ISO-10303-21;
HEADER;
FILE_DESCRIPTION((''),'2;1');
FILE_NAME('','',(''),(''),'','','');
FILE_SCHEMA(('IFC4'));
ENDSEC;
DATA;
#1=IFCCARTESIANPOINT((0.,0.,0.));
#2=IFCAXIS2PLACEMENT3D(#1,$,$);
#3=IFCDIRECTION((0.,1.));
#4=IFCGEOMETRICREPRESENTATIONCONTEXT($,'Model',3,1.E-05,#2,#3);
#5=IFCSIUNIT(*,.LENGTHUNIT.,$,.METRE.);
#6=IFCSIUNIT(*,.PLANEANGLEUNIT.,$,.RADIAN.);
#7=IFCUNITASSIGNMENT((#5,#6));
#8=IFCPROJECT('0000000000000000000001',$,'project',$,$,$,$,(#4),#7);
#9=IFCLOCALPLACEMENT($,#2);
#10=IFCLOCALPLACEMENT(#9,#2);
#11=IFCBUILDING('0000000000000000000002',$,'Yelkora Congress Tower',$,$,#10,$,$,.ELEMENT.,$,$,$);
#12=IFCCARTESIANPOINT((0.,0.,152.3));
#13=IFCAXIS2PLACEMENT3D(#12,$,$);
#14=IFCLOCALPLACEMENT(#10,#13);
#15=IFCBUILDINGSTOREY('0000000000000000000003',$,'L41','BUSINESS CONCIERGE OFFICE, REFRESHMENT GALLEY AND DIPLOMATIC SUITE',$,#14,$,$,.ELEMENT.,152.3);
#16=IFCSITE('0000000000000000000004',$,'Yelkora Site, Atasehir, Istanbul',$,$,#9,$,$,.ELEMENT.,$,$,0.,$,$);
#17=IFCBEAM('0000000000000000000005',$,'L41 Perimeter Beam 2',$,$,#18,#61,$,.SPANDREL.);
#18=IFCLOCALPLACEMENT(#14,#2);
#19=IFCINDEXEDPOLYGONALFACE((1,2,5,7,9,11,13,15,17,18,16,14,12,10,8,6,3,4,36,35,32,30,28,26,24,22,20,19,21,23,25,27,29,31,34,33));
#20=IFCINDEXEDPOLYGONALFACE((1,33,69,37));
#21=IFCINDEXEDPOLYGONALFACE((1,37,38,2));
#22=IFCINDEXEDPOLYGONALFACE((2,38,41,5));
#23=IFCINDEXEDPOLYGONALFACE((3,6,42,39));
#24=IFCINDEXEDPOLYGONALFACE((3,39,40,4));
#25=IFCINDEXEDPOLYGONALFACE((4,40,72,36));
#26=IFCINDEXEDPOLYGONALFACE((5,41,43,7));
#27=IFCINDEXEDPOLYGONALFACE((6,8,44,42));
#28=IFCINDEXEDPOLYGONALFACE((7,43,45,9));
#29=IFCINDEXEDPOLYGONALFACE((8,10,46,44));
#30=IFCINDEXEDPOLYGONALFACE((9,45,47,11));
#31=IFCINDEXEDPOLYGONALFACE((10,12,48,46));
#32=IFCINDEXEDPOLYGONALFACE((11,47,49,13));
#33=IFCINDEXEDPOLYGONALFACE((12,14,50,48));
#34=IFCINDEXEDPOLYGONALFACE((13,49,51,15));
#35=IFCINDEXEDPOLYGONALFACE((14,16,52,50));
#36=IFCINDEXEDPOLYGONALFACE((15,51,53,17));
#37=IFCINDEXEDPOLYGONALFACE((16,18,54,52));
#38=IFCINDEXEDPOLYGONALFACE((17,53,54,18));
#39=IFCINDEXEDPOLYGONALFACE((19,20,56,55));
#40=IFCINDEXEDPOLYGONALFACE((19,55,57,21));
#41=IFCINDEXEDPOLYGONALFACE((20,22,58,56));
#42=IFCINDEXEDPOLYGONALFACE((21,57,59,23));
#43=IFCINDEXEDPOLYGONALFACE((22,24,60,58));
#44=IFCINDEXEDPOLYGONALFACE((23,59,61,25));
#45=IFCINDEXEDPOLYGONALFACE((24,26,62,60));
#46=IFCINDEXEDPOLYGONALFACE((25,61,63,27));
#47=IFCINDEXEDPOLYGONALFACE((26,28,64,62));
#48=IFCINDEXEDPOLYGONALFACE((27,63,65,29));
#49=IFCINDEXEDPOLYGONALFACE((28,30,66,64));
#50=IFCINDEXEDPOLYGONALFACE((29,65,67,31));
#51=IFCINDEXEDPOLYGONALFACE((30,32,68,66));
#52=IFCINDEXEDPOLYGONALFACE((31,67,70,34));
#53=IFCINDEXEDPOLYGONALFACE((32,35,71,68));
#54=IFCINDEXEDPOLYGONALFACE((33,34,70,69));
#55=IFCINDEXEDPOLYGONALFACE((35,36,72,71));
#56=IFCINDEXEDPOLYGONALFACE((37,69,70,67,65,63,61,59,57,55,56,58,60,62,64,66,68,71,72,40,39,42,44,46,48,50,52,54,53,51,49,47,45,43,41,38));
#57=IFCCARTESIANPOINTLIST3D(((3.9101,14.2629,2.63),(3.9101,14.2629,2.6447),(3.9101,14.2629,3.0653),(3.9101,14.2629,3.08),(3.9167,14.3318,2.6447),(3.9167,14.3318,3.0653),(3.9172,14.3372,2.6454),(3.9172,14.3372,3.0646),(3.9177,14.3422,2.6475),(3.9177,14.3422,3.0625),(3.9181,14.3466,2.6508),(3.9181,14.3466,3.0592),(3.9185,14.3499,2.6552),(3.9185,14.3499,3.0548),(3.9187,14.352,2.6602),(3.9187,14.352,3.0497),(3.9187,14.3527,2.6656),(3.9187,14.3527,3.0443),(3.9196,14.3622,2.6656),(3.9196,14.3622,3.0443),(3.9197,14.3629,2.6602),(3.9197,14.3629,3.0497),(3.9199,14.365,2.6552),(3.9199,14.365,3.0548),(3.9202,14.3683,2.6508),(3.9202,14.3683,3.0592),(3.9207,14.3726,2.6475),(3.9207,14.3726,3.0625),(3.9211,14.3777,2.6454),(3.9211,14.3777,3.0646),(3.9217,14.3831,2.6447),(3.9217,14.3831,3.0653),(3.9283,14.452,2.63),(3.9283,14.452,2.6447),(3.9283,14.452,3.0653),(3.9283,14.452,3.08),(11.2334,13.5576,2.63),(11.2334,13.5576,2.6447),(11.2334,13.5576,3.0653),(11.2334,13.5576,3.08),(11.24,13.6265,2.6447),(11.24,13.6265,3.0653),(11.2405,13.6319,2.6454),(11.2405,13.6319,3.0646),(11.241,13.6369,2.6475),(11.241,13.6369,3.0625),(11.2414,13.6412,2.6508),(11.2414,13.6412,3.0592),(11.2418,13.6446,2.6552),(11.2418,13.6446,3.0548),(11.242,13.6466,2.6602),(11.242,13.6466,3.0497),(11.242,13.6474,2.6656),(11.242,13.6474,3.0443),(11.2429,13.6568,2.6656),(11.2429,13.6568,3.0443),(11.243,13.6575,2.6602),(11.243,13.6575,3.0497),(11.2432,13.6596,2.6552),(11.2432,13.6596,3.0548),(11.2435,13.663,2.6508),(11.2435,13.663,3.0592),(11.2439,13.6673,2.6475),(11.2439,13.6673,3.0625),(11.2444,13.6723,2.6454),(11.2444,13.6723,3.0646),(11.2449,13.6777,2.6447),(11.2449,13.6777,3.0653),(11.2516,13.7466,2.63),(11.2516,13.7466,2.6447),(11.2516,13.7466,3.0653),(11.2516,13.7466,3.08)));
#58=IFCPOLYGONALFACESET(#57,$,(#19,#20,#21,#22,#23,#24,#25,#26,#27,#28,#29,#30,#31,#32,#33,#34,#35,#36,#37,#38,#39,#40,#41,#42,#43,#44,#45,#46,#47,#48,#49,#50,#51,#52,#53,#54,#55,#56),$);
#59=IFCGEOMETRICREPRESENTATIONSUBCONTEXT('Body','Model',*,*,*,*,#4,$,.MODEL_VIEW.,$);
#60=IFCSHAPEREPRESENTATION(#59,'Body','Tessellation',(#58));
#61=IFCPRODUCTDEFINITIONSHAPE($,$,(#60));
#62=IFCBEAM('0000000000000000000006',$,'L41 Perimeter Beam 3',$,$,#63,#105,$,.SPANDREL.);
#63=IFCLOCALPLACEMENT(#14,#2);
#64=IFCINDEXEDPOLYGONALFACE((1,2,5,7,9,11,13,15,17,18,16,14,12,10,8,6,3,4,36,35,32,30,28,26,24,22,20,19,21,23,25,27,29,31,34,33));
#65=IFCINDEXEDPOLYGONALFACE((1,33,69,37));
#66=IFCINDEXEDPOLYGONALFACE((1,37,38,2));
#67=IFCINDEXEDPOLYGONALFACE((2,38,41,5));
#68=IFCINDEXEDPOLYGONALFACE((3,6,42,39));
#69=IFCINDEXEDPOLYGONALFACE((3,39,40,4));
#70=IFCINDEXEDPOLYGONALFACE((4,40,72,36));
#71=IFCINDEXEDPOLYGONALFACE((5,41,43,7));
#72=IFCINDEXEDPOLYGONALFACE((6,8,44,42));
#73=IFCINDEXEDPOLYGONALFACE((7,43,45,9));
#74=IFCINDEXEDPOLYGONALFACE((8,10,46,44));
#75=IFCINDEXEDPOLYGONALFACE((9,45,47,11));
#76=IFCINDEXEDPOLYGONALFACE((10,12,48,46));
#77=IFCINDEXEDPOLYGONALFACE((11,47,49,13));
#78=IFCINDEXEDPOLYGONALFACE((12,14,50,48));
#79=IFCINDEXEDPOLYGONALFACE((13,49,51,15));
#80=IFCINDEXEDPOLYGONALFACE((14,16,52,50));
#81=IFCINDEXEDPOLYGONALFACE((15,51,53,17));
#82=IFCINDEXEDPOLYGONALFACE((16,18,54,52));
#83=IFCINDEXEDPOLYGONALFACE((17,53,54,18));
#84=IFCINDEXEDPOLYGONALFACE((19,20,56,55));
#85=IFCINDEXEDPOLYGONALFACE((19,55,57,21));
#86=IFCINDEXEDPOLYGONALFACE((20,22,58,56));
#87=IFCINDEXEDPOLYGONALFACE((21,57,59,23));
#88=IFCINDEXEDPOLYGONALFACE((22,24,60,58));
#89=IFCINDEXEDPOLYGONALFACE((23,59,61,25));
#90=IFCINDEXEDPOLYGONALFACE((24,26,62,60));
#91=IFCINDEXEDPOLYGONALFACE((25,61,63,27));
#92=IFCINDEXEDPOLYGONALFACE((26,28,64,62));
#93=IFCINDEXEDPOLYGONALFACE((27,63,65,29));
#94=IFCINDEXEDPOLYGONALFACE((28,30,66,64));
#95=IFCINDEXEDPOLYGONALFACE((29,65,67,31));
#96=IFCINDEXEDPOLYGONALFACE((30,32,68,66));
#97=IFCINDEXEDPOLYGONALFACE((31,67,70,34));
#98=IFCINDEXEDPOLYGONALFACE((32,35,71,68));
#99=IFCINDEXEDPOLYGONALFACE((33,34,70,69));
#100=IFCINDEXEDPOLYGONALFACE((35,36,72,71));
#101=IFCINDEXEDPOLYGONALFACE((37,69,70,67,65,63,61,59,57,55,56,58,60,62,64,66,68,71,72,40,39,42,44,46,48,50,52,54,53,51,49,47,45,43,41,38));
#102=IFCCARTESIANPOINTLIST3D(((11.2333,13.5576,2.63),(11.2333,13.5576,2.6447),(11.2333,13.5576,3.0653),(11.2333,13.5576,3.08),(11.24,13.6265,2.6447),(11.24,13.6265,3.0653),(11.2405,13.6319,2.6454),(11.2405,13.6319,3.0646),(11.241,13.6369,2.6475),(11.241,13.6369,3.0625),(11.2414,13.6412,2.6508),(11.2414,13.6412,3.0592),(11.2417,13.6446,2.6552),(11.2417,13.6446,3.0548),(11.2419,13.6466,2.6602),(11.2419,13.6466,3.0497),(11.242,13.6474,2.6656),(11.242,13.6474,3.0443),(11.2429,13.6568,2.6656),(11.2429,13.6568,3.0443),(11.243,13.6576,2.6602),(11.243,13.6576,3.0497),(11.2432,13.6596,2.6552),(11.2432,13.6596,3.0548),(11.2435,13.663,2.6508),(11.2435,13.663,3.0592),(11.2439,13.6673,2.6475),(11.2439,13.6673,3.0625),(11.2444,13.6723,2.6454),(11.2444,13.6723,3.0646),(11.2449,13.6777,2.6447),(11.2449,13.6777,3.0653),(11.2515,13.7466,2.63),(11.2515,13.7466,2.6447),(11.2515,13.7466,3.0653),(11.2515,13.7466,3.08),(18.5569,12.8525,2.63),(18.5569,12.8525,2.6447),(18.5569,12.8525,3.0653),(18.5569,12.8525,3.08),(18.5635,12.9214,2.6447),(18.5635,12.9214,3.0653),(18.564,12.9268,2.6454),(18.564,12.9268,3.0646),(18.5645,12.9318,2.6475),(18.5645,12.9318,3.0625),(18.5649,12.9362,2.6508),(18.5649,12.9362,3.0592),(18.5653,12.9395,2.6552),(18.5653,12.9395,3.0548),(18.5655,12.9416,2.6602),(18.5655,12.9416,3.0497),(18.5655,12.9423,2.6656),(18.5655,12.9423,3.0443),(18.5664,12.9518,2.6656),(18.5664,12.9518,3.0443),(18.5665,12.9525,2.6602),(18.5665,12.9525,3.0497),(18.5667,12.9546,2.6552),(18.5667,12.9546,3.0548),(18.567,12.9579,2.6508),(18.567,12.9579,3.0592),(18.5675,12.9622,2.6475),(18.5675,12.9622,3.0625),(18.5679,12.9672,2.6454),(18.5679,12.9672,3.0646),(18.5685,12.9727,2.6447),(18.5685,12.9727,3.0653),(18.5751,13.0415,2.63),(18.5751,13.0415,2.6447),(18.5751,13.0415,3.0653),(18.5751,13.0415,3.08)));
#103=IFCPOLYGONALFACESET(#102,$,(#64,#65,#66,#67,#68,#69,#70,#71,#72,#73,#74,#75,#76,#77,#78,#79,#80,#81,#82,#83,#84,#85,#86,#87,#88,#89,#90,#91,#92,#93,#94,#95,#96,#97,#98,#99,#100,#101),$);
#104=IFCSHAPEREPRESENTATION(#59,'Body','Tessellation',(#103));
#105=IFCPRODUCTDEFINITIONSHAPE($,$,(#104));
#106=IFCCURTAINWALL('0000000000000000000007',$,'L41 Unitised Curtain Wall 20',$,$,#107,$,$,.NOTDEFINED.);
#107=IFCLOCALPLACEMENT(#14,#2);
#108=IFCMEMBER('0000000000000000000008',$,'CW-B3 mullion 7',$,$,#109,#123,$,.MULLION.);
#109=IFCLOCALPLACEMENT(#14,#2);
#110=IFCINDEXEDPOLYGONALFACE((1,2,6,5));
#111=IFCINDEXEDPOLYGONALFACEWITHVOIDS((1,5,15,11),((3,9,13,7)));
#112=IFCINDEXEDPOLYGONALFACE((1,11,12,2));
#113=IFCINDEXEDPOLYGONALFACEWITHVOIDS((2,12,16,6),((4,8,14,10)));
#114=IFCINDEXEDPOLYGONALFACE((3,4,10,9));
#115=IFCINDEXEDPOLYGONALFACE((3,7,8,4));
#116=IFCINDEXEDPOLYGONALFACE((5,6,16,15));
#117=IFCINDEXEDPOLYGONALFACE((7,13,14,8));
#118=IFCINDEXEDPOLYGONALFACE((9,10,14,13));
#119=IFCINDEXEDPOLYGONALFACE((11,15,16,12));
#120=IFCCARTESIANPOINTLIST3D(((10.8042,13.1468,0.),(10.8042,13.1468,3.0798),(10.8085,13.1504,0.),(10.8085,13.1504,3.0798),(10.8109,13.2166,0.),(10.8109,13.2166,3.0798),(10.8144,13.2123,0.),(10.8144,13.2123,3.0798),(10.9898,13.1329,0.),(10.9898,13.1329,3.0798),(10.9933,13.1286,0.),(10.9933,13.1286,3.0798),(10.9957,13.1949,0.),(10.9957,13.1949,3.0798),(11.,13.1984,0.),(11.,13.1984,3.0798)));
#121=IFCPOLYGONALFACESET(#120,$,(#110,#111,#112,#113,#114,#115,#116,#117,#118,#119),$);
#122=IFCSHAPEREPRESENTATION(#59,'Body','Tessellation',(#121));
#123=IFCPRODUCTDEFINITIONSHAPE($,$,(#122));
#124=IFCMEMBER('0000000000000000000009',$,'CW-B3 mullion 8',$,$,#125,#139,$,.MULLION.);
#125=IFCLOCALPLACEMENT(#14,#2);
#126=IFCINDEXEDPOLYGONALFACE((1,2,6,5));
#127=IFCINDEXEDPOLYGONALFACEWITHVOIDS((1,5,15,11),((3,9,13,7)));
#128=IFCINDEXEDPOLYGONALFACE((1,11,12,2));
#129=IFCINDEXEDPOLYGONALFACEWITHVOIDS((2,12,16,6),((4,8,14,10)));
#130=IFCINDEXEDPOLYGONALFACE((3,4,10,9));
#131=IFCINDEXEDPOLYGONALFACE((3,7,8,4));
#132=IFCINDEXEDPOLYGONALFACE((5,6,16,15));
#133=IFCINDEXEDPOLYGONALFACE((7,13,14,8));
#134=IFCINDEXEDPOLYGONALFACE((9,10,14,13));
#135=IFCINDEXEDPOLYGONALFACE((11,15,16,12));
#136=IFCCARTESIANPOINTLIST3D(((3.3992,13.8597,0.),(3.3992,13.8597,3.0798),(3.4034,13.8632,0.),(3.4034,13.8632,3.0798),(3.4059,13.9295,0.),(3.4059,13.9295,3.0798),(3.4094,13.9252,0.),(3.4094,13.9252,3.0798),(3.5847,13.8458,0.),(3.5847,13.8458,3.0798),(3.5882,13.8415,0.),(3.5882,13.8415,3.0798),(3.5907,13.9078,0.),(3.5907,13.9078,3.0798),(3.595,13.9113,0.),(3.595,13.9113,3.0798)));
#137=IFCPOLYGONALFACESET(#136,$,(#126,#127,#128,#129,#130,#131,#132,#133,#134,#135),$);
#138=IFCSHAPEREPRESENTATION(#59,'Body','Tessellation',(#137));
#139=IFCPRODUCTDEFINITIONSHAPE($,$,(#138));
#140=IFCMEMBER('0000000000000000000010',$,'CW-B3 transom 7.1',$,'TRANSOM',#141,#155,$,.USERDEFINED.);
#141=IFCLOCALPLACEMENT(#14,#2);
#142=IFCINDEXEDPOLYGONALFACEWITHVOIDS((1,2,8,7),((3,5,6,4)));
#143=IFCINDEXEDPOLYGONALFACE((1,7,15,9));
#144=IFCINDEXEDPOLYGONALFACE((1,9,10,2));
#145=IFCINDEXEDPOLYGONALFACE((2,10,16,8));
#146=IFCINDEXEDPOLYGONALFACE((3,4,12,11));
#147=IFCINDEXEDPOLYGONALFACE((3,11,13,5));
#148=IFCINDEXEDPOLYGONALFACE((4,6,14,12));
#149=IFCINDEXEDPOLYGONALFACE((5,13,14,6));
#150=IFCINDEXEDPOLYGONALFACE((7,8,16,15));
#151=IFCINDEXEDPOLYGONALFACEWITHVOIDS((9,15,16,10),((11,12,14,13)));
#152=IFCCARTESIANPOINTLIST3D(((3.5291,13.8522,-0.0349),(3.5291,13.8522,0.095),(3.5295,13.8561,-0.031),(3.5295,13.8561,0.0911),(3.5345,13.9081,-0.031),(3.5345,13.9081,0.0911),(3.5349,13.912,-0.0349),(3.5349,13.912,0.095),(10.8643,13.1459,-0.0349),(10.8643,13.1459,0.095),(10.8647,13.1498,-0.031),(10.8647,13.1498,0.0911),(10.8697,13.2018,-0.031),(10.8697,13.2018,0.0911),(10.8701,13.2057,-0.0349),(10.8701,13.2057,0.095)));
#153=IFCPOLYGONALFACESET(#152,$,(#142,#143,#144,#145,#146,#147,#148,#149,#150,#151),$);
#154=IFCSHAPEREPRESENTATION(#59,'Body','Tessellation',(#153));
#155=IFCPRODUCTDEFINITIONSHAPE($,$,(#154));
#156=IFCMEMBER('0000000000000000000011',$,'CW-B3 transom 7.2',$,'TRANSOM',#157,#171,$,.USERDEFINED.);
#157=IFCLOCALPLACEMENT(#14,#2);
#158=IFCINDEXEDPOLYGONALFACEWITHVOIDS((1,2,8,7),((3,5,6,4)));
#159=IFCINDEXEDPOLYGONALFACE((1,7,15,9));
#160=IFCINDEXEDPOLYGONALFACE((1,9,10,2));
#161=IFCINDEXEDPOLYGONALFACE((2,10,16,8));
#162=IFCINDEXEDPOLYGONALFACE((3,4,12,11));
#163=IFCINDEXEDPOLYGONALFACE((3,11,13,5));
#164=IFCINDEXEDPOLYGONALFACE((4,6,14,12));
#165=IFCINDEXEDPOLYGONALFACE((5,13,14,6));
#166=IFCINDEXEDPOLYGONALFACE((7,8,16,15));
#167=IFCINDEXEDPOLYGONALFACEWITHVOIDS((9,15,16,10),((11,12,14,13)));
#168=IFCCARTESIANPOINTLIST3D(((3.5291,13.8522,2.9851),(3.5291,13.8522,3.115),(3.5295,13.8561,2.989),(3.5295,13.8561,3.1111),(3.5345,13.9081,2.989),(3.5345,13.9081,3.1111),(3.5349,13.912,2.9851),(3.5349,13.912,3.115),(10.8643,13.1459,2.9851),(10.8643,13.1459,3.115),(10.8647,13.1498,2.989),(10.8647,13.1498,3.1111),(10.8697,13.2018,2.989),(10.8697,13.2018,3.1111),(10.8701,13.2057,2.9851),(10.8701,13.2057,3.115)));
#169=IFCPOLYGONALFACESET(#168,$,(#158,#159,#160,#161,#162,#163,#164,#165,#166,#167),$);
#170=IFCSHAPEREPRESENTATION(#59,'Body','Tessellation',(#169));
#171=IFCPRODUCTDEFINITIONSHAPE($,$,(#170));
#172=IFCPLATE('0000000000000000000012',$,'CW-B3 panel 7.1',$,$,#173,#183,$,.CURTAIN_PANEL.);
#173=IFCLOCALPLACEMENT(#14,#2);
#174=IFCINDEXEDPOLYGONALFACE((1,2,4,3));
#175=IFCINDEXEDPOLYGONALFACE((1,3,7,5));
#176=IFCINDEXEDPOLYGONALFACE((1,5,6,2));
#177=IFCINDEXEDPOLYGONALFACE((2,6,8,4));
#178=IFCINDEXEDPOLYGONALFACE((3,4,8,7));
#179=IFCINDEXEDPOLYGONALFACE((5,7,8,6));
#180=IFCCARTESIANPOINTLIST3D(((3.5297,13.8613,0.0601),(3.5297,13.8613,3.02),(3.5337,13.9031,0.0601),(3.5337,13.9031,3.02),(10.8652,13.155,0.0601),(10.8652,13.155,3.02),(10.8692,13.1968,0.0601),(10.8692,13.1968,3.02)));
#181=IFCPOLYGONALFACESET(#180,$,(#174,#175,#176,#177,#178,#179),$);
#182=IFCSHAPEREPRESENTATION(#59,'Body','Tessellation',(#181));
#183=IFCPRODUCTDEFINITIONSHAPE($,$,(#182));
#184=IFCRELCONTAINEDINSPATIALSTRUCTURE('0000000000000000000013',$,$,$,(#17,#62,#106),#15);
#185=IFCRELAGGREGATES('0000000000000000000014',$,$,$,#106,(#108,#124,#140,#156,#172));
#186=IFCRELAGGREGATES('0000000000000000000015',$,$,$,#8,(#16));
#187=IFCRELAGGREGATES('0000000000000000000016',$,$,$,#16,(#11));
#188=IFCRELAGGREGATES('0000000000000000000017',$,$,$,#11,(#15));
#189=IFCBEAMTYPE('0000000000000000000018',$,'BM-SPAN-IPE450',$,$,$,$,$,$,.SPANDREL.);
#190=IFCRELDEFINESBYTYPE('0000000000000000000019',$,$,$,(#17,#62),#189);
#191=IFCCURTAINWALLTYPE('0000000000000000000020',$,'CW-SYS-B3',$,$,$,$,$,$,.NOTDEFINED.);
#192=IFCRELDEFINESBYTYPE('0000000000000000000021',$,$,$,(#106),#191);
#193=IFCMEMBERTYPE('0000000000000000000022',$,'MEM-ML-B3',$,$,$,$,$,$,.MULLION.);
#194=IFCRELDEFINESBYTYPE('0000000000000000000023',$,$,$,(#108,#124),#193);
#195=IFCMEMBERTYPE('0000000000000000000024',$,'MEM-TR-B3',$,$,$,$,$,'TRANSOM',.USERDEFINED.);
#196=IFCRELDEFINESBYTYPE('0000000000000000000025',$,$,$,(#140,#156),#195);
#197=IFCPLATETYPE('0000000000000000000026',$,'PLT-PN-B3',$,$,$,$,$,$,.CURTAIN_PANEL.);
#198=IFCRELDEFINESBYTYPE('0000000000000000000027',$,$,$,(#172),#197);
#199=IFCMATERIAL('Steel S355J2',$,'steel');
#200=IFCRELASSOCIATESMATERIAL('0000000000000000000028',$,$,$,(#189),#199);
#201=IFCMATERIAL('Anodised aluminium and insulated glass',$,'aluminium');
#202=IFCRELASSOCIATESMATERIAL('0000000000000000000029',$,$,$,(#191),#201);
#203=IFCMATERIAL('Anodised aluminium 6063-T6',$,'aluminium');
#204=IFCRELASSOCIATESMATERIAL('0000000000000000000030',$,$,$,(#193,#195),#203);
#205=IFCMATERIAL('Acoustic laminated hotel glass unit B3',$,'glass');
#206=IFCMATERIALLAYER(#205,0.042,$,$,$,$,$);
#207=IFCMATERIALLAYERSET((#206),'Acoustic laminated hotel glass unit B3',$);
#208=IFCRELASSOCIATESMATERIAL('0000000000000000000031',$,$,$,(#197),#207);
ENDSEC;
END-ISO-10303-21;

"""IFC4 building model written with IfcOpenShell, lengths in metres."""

from ifc_helpers import new_model, si_unit, direction, frame, origin, origin_2d, place, context, subcontext, project, spatial, rectangle, hollow_rectangle, i_section, extrude, material, layer, layer_set, material_profile, profile_set, type_object, element, aggregate, save


model = new_model("IFC4")

# Units and contexts
model_context = context("Model", 3, precision=1e-05, world=origin(), true_north=direction((0.0, 1.0)))
body_context = subcontext(model_context, "Body", "Model", "MODEL_VIEW")
ifc_project = project(units=[si_unit("LENGTHUNIT", "METRE"), si_unit("PLANEANGLEUNIT", "RADIAN")], contexts=[model_context])

# Site, building, storey
site_placement = place(None, origin())
site = spatial("IfcSite", under=ifc_project, at=site_placement, Name="Yelkora Site, Atasehir, Istanbul", CompositionType="ELEMENT", RefElevation=0.0)
building_placement = place(site_placement, origin())
building = spatial("IfcBuilding", under=site, at=building_placement, Name="Yelkora Congress Tower", CompositionType="ELEMENT")
storey_placement = place(building_placement, frame((0.0, 0.0, 152.3)))
storey = spatial("IfcBuildingStorey", under=building, at=storey_placement, Name="L41", Description="BUSINESS CONCIERGE OFFICE, REFRESHMENT GALLEY AND DIPLOMATIC SUITE", CompositionType="ELEMENT", Elevation=152.3)

# Beams
ifc_material_1 = material(Name="Steel S355J2", Category="steel")
ifc_material_profile_1 = material_profile(ifc_material_1, i_section(OverallWidth=0.1899, OverallDepth=0.45, WebThickness=0.0095, FlangeThickness=0.0146, FilletRadius=0.021, at=origin_2d()), Name="IPE 450")
ifc_profile_set_1 = profile_set([ifc_material_profile_1], Name="Steel S355J2")
beam_type_1 = type_object("IfcBeamType", Name="BM-SPAN-IPE450", PredefinedType="SPANDREL", material=ifc_profile_set_1)
beam_1_placement = place(storey_placement, frame((3.9192, 14.3574, 2.855), z_axis=(0.995394, -0.095869, 0.0), x_axis=(0.095869, 0.995394, 0.0)))
element("IfcBeam", 1, at=beam_1_placement, inside=storey, type_object=beam_type_1, Name="L41 Perimeter Beam 2", PredefinedType="SPANDREL", context=body_context, shape_type="SweptSolid", body=[
    extrude(i_section(OverallWidth=0.1899, OverallDepth=0.45, WebThickness=0.0095, FlangeThickness=0.0146, FilletRadius=0.021, at=origin_2d()), origin(), (0.0, 0.0, 1.0), 7.3572),
])
beam_2_placement = place(storey_placement, frame((11.2424, 13.6521, 2.855), z_axis=(0.995397, -0.095833, 0.0), x_axis=(0.095833, 0.995397, 0.0)))
element("IfcBeam", 2, at=beam_2_placement, inside=storey, type_object=beam_type_1, Name="L41 Perimeter Beam 3", PredefinedType="SPANDREL", context=body_context, shape_type="SweptSolid", body=[
    extrude(i_section(OverallWidth=0.1899, OverallDepth=0.45, WebThickness=0.0095, FlangeThickness=0.0146, FilletRadius=0.021, at=origin_2d()), origin(), (0.0, 0.0, 1.0), 7.3574),
])

# Curtain wall, members, plate
ifc_material_2 = material(Name="Anodised aluminium and insulated glass", Category="aluminium")
curtain_wall_type = type_object("IfcCurtainWallType", Name="CW-SYS-B3", PredefinedType="NOTDEFINED", material=ifc_material_2)
curtain_wall_placement = place(storey_placement, origin())
curtain_wall = element("IfcCurtainWall", 3, at=curtain_wall_placement, inside=storey, type_object=curtain_wall_type, Name="L41 Unitised Curtain Wall 20", PredefinedType="NOTDEFINED")
ifc_material_3 = material(Name="Anodised aluminium 6063-T6", Category="aluminium")
ifc_material_profile_2 = material_profile(ifc_material_3, hollow_rectangle(XDim=0.0701, YDim=0.1899, WallThickness=0.0039, at=origin_2d()), Name="ALU 70x190x4")
ifc_profile_set_2 = profile_set([ifc_material_profile_2], Name="Anodised aluminium 6063-T6")
member_type_1 = type_object("IfcMemberType", Name="MEM-ML-B3", PredefinedType="MULLION", material=ifc_profile_set_2)
member_1_placement = place(storey_placement, frame((10.9021, 13.1726, 0.0), z_axis=(0.0, 0.0, 1.0), x_axis=(-0.095845, -0.995396, 0.0)))
member_1 = element("IfcMember", 4, at=member_1_placement, type_object=member_type_1, Name="CW-B3 mullion 7", PredefinedType="MULLION", context=body_context, shape_type="SweptSolid", body=[
    extrude(hollow_rectangle(XDim=0.0701, YDim=0.1899, WallThickness=0.0039, at=origin_2d()), origin(), (0.0, 0.0, 1.0), 3.0798),
])
member_2_placement = place(storey_placement, frame((3.4971, 13.8855, 0.0), z_axis=(0.0, 0.0, 1.0), x_axis=(-0.095845, -0.995396, 0.0)))
member_2 = element("IfcMember", 5, at=member_2_placement, type_object=member_type_1, Name="CW-B3 mullion 8", PredefinedType="MULLION", context=body_context, shape_type="SweptSolid", body=[
    extrude(hollow_rectangle(XDim=0.0701, YDim=0.1899, WallThickness=0.0039, at=origin_2d()), origin(), (0.0, 0.0, 1.0), 3.0798),
])
ifc_material_profile_3 = material_profile(ifc_material_3, hollow_rectangle(XDim=0.0601, YDim=0.1299, WallThickness=0.0039, at=origin_2d()), Name="ALU 60x130x4")
ifc_profile_set_3 = profile_set([ifc_material_profile_3], Name="Anodised aluminium 6063-T6")
member_type_2 = type_object("IfcMemberType", Name="MEM-TR-B3", ElementType="TRANSOM", PredefinedType="USERDEFINED", material=ifc_profile_set_3)
member_3_placement = place(storey_placement, frame((10.8672, 13.1758, 0.03), z_axis=(-0.995396, 0.095846, 0.0), x_axis=(-0.095846, -0.995396, 0.0)))
member_3 = element("IfcMember", 6, at=member_3_placement, type_object=member_type_2, Name="CW-B3 transom 7.1", ObjectType="TRANSOM", PredefinedType="USERDEFINED", context=body_context, shape_type="SweptSolid", body=[
    extrude(hollow_rectangle(XDim=0.0601, YDim=0.1299, WallThickness=0.0039, at=origin_2d()), origin(), (0.0, 0.0, 1.0), 7.3691),
])
member_4_placement = place(storey_placement, frame((10.8672, 13.1758, 3.05), z_axis=(-0.995396, 0.095846, 0.0), x_axis=(-0.095846, -0.995396, 0.0)))
member_4 = element("IfcMember", 7, at=member_4_placement, type_object=member_type_2, Name="CW-B3 transom 7.2", ObjectType="TRANSOM", PredefinedType="USERDEFINED", context=body_context, shape_type="SweptSolid", body=[
    extrude(hollow_rectangle(XDim=0.0601, YDim=0.1299, WallThickness=0.0039, at=origin_2d()), origin(), (0.0, 0.0, 1.0), 7.3691),
])
ifc_material_4 = material(Name="Acoustic laminated hotel glass unit B3", Category="glass")
ifc_layer_1 = layer(ifc_material_4, 0.042)
ifc_layer_set_1 = layer_set([ifc_layer_1], Name="Acoustic laminated hotel glass unit B3")
plate_type = type_object("IfcPlateType", Name="PLT-PN-B3", PredefinedType="CURTAIN_PANEL", material=ifc_layer_set_1)
plate_placement = place(storey_placement, frame((7.1995, 13.5291, 0.0601), z_axis=(0.0, 0.0, 1.0), x_axis=(-0.995396, 0.095845, 0.0)))
plate = element("IfcPlate", 8, at=plate_placement, type_object=plate_type, Name="CW-B3 panel 7.1", PredefinedType="CURTAIN_PANEL", context=body_context, shape_type="SweptSolid", body=[
    extrude(rectangle(XDim=7.3694, YDim=0.042, at=origin_2d()), origin(), (0.0, 0.0, 1.0), 2.96),
])
aggregate(curtain_wall, [member_1, member_2, member_3, member_4, plate])

save(model, "model.ifc")
